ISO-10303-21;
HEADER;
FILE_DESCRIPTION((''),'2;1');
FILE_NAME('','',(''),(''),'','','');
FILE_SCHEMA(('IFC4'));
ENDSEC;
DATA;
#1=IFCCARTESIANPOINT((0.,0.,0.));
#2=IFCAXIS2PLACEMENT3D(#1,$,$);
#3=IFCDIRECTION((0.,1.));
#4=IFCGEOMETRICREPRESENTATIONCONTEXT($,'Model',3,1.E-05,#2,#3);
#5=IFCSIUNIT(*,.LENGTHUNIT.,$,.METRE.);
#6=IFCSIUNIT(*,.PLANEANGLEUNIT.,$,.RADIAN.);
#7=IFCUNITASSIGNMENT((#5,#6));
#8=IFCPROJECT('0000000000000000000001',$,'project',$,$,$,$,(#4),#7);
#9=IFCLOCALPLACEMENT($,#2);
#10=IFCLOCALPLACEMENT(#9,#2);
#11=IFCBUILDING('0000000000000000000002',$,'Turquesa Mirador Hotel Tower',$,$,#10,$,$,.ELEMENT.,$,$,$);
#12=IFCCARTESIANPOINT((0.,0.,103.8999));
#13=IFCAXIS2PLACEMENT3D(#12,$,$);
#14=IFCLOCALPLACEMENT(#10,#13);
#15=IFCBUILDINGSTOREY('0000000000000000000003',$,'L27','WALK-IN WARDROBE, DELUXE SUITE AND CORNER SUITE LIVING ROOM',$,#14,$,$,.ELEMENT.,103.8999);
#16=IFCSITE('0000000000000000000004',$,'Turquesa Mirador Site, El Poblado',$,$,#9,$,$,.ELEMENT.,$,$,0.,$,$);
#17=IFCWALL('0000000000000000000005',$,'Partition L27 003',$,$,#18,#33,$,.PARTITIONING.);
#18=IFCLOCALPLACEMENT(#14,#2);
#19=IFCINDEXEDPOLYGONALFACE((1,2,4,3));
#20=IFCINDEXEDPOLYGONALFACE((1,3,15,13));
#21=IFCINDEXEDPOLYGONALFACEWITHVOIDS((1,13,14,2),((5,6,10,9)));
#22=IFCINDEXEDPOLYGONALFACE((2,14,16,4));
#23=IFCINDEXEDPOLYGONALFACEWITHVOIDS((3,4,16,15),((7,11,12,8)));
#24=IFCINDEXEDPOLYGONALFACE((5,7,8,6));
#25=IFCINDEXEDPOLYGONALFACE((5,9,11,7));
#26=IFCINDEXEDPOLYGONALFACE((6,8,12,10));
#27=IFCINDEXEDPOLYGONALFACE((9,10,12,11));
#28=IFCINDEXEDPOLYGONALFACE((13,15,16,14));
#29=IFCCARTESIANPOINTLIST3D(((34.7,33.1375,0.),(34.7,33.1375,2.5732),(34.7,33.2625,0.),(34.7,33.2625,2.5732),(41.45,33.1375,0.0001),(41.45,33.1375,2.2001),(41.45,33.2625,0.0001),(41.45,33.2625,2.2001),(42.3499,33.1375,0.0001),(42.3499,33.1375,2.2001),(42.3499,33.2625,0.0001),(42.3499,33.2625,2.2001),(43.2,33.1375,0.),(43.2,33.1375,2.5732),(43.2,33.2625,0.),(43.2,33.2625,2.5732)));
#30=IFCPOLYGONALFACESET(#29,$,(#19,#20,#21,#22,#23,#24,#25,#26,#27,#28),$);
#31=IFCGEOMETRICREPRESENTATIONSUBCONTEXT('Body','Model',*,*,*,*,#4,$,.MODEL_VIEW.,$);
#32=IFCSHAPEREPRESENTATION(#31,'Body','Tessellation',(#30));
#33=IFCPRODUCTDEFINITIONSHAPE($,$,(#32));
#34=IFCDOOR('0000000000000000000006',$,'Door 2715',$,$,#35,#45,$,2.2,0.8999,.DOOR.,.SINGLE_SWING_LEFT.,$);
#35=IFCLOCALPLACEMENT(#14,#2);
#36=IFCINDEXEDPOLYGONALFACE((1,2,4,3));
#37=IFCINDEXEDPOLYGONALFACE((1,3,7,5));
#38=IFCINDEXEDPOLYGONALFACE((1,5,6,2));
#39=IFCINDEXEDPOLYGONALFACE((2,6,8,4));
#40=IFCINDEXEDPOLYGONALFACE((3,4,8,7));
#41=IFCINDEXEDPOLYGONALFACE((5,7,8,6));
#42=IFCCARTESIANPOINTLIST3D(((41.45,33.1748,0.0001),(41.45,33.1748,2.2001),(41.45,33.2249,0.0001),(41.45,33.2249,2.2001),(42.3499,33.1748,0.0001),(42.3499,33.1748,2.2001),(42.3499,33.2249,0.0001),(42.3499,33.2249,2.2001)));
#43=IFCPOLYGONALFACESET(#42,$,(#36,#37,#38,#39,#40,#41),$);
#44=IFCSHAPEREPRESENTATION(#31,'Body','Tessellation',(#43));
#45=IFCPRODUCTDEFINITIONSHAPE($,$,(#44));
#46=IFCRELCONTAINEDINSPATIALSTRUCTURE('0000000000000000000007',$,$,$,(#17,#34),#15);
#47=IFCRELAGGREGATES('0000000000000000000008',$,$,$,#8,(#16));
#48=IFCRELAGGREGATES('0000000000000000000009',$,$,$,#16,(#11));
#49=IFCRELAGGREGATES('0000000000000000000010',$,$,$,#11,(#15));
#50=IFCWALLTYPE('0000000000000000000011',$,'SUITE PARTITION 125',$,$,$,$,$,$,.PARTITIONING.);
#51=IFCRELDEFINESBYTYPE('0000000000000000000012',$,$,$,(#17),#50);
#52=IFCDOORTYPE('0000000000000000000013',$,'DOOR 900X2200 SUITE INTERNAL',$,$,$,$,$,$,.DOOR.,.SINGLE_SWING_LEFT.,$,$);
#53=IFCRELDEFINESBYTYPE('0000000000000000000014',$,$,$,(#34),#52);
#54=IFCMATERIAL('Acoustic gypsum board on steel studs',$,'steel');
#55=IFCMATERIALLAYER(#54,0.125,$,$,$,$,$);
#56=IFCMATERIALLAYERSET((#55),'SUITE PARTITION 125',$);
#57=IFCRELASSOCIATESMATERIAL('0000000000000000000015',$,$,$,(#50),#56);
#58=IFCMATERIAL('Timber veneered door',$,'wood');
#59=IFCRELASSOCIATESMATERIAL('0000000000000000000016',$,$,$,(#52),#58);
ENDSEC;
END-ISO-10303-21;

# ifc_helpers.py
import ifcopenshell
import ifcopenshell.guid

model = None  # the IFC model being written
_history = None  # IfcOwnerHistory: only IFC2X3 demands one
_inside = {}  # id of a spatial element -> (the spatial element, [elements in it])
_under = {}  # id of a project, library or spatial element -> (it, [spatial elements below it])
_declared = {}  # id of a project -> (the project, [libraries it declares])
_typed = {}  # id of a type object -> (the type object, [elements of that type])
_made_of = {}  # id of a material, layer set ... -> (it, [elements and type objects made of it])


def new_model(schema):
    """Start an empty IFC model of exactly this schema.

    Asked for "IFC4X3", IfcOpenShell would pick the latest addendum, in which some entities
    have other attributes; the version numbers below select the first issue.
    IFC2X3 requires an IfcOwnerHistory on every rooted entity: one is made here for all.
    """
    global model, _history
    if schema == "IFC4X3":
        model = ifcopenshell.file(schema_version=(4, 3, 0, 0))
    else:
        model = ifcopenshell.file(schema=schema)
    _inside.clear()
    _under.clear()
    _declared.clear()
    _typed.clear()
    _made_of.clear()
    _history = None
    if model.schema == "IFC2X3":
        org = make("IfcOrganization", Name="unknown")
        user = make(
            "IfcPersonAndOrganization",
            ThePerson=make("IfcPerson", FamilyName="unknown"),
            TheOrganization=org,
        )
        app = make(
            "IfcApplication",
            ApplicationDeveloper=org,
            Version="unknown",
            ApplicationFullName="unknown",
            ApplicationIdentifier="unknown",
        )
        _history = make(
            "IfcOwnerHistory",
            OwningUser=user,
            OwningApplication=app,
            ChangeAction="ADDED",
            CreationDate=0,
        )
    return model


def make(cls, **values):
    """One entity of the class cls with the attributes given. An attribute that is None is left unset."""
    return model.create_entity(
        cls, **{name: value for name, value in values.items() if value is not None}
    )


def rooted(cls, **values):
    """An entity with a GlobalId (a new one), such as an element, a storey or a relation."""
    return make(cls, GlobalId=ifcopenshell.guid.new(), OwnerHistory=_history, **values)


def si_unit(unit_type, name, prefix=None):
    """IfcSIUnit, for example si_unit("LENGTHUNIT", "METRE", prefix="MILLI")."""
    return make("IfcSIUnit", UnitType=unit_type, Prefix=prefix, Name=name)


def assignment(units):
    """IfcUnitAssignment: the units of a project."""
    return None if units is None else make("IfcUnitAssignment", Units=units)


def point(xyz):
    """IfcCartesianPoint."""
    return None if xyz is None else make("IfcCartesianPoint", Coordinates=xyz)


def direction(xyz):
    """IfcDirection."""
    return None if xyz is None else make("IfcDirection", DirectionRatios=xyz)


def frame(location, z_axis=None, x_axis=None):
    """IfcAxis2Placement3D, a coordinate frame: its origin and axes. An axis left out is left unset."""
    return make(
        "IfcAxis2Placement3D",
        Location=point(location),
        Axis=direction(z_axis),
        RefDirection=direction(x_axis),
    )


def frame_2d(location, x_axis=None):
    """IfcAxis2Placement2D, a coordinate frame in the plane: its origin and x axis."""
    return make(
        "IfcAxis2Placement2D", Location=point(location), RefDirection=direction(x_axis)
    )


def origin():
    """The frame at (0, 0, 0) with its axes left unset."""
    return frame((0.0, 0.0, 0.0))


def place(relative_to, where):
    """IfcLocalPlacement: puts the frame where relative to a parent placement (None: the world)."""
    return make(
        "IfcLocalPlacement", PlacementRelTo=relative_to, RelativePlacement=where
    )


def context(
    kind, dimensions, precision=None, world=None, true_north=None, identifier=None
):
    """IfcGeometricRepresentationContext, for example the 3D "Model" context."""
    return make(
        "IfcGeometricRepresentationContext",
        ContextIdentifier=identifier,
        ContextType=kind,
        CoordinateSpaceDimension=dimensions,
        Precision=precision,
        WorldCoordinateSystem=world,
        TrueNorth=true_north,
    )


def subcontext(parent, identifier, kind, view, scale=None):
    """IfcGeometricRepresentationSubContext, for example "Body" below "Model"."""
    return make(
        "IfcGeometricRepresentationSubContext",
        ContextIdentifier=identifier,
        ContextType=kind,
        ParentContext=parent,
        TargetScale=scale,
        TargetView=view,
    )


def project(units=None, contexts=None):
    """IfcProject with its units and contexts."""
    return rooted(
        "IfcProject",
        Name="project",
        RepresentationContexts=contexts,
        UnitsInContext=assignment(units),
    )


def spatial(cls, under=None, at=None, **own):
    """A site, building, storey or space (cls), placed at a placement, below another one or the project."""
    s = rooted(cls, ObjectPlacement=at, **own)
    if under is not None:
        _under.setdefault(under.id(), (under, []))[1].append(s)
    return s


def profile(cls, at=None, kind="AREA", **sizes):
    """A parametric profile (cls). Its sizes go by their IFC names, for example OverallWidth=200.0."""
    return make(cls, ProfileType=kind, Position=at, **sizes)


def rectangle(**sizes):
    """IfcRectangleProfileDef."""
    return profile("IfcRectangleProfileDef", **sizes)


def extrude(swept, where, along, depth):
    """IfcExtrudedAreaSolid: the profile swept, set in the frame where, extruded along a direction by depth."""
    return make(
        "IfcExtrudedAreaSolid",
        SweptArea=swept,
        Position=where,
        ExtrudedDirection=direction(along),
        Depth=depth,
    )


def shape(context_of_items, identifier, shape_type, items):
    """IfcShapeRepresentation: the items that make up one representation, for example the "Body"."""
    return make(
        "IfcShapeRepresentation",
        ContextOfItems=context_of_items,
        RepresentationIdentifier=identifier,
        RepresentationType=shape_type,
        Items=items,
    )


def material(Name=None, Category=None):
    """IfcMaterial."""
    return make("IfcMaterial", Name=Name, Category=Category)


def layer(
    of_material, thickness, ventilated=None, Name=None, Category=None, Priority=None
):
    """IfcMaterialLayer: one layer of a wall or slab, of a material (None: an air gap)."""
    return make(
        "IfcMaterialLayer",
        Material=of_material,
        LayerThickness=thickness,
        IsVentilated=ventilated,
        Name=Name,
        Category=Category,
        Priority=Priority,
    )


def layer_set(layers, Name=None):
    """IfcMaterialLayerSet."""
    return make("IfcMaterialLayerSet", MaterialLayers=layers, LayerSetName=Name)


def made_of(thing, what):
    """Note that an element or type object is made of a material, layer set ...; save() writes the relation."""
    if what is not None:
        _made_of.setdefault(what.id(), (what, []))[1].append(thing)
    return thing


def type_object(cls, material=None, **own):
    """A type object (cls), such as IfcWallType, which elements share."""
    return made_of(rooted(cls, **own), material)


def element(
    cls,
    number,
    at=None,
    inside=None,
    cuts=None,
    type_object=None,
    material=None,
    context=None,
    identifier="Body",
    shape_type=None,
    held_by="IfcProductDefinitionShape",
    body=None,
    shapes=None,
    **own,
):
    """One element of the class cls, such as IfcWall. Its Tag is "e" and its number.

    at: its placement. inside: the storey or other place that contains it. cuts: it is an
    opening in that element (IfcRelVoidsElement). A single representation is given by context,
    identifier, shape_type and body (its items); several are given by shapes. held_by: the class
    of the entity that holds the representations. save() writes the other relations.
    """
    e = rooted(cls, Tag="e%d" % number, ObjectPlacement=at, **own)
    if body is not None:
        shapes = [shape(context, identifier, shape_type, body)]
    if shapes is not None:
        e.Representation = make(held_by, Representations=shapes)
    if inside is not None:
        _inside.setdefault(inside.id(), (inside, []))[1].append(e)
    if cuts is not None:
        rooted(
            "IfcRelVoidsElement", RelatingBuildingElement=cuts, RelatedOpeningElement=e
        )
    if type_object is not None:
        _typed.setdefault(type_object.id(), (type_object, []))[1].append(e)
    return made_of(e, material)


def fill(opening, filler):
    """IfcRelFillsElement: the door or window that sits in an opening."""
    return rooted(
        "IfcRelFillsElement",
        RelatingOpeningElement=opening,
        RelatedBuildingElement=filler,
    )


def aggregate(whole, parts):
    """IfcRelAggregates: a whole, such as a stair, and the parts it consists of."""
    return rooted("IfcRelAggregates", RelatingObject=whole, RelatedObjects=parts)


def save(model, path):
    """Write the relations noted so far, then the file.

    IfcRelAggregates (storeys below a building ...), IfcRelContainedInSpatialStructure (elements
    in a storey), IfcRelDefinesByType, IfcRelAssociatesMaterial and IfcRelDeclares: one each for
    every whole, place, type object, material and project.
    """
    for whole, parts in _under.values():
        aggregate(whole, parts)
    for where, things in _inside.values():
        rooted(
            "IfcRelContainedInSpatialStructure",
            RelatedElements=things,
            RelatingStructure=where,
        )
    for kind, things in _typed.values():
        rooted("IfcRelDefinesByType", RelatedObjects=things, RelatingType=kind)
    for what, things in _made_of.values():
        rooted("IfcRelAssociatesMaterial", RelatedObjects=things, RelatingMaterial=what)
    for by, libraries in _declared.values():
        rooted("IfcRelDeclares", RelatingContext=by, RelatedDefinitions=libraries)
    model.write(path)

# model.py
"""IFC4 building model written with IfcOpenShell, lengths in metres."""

from ifc_helpers import new_model, si_unit, direction, frame, frame_2d, origin, place, context, subcontext, project, spatial, rectangle, extrude, material, layer, layer_set, type_object, element, fill, save


model = new_model("IFC4")

# Units and contexts
model_context = context("Model", 3, precision=1e-05, world=origin(), true_north=direction((0.0, 1.0)))
body_context = subcontext(model_context, "Body", "Model", "MODEL_VIEW")
ifc_project = project(units=[si_unit("LENGTHUNIT", "METRE"), si_unit("PLANEANGLEUNIT", "RADIAN")], contexts=[model_context])

# Site, building, storey
site_placement = place(None, origin())
site = spatial("IfcSite", under=ifc_project, at=site_placement, Name="Turquesa Mirador Site, El Poblado", CompositionType="ELEMENT", RefElevation=0.0)
building_placement = place(site_placement, origin())
building = spatial("IfcBuilding", under=site, at=building_placement, Name="Turquesa Mirador Hotel Tower", CompositionType="ELEMENT")
storey_placement = place(building_placement, frame((0.0, 0.0, 103.8999)))
storey = spatial("IfcBuildingStorey", under=building, at=storey_placement, Name="L27", Description="WALK-IN WARDROBE, DELUXE SUITE AND CORNER SUITE LIVING ROOM", CompositionType="ELEMENT", Elevation=103.8999)

# Wall, opening, door
ifc_material_1 = material(Name="Acoustic gypsum board on steel studs", Category="steel")
ifc_layer_1 = layer(ifc_material_1, 0.125)
ifc_layer_set_1 = layer_set([ifc_layer_1], Name="SUITE PARTITION 125")
wall_type_1 = type_object("IfcWallType", Name="SUITE PARTITION 125", PredefinedType="PARTITIONING", material=ifc_layer_set_1)
wall_1_placement = place(storey_placement, frame((34.7, 33.2, 0.0), z_axis=(0.0, 0.0, 1.0), x_axis=(1.0, 0.0, 0.0)))
wall_1 = element("IfcWall", 1, at=wall_1_placement, inside=storey, type_object=wall_type_1, Name="Partition L27 003", PredefinedType="PARTITIONING", context=body_context, shape_type="SweptSolid", body=[
    extrude(rectangle(XDim=8.5, YDim=0.125, at=frame_2d((4.25, 0.0))), origin(), (0.0, 0.0, 1.0), 2.5732),
])
opening_1_placement = place(wall_1_placement, frame((6.75, 0.0, 0.0)))
opening_1 = element("IfcOpeningElement", 2, at=opening_1_placement, cuts=wall_1, PredefinedType="OPENING", context=body_context, shape_type="SweptSolid", body=[
    extrude(rectangle(XDim=0.8999, YDim=2.2, at=frame_2d((0.45, 1.1001))), frame((0.0, 0.0725, 0.0), z_axis=(0.0, -1.0, 0.0), x_axis=(1.0, 0.0, 0.0)), (0.0, 0.0, 1.0), 0.145),
])
ifc_material_2 = material(Name="Timber veneered door", Category="wood")
door_type = type_object("IfcDoorType", Name="DOOR 900X2200 SUITE INTERNAL", OperationType="SINGLE_SWING_LEFT", PredefinedType="DOOR", material=ifc_material_2)
door_placement = place(opening_1_placement, origin())
door = element("IfcDoor", 3, at=door_placement, inside=storey, type_object=door_type, Name="Door 2715", OperationType="SINGLE_SWING_LEFT", OverallHeight=2.2, OverallWidth=0.8999, PredefinedType="DOOR", context=body_context, shape_type="SweptSolid", body=[
    extrude(rectangle(XDim=0.8999, YDim=2.2, at=frame_2d((0.45, 1.1001))), frame((0.0, 0.0249, 0.0), z_axis=(0.0, -1.0, 0.0), x_axis=(1.0, 0.0, 0.0)), (0.0, 0.0, 1.0), 0.05),
])
fill(opening_1, door)

save(model, "model.ifc")
